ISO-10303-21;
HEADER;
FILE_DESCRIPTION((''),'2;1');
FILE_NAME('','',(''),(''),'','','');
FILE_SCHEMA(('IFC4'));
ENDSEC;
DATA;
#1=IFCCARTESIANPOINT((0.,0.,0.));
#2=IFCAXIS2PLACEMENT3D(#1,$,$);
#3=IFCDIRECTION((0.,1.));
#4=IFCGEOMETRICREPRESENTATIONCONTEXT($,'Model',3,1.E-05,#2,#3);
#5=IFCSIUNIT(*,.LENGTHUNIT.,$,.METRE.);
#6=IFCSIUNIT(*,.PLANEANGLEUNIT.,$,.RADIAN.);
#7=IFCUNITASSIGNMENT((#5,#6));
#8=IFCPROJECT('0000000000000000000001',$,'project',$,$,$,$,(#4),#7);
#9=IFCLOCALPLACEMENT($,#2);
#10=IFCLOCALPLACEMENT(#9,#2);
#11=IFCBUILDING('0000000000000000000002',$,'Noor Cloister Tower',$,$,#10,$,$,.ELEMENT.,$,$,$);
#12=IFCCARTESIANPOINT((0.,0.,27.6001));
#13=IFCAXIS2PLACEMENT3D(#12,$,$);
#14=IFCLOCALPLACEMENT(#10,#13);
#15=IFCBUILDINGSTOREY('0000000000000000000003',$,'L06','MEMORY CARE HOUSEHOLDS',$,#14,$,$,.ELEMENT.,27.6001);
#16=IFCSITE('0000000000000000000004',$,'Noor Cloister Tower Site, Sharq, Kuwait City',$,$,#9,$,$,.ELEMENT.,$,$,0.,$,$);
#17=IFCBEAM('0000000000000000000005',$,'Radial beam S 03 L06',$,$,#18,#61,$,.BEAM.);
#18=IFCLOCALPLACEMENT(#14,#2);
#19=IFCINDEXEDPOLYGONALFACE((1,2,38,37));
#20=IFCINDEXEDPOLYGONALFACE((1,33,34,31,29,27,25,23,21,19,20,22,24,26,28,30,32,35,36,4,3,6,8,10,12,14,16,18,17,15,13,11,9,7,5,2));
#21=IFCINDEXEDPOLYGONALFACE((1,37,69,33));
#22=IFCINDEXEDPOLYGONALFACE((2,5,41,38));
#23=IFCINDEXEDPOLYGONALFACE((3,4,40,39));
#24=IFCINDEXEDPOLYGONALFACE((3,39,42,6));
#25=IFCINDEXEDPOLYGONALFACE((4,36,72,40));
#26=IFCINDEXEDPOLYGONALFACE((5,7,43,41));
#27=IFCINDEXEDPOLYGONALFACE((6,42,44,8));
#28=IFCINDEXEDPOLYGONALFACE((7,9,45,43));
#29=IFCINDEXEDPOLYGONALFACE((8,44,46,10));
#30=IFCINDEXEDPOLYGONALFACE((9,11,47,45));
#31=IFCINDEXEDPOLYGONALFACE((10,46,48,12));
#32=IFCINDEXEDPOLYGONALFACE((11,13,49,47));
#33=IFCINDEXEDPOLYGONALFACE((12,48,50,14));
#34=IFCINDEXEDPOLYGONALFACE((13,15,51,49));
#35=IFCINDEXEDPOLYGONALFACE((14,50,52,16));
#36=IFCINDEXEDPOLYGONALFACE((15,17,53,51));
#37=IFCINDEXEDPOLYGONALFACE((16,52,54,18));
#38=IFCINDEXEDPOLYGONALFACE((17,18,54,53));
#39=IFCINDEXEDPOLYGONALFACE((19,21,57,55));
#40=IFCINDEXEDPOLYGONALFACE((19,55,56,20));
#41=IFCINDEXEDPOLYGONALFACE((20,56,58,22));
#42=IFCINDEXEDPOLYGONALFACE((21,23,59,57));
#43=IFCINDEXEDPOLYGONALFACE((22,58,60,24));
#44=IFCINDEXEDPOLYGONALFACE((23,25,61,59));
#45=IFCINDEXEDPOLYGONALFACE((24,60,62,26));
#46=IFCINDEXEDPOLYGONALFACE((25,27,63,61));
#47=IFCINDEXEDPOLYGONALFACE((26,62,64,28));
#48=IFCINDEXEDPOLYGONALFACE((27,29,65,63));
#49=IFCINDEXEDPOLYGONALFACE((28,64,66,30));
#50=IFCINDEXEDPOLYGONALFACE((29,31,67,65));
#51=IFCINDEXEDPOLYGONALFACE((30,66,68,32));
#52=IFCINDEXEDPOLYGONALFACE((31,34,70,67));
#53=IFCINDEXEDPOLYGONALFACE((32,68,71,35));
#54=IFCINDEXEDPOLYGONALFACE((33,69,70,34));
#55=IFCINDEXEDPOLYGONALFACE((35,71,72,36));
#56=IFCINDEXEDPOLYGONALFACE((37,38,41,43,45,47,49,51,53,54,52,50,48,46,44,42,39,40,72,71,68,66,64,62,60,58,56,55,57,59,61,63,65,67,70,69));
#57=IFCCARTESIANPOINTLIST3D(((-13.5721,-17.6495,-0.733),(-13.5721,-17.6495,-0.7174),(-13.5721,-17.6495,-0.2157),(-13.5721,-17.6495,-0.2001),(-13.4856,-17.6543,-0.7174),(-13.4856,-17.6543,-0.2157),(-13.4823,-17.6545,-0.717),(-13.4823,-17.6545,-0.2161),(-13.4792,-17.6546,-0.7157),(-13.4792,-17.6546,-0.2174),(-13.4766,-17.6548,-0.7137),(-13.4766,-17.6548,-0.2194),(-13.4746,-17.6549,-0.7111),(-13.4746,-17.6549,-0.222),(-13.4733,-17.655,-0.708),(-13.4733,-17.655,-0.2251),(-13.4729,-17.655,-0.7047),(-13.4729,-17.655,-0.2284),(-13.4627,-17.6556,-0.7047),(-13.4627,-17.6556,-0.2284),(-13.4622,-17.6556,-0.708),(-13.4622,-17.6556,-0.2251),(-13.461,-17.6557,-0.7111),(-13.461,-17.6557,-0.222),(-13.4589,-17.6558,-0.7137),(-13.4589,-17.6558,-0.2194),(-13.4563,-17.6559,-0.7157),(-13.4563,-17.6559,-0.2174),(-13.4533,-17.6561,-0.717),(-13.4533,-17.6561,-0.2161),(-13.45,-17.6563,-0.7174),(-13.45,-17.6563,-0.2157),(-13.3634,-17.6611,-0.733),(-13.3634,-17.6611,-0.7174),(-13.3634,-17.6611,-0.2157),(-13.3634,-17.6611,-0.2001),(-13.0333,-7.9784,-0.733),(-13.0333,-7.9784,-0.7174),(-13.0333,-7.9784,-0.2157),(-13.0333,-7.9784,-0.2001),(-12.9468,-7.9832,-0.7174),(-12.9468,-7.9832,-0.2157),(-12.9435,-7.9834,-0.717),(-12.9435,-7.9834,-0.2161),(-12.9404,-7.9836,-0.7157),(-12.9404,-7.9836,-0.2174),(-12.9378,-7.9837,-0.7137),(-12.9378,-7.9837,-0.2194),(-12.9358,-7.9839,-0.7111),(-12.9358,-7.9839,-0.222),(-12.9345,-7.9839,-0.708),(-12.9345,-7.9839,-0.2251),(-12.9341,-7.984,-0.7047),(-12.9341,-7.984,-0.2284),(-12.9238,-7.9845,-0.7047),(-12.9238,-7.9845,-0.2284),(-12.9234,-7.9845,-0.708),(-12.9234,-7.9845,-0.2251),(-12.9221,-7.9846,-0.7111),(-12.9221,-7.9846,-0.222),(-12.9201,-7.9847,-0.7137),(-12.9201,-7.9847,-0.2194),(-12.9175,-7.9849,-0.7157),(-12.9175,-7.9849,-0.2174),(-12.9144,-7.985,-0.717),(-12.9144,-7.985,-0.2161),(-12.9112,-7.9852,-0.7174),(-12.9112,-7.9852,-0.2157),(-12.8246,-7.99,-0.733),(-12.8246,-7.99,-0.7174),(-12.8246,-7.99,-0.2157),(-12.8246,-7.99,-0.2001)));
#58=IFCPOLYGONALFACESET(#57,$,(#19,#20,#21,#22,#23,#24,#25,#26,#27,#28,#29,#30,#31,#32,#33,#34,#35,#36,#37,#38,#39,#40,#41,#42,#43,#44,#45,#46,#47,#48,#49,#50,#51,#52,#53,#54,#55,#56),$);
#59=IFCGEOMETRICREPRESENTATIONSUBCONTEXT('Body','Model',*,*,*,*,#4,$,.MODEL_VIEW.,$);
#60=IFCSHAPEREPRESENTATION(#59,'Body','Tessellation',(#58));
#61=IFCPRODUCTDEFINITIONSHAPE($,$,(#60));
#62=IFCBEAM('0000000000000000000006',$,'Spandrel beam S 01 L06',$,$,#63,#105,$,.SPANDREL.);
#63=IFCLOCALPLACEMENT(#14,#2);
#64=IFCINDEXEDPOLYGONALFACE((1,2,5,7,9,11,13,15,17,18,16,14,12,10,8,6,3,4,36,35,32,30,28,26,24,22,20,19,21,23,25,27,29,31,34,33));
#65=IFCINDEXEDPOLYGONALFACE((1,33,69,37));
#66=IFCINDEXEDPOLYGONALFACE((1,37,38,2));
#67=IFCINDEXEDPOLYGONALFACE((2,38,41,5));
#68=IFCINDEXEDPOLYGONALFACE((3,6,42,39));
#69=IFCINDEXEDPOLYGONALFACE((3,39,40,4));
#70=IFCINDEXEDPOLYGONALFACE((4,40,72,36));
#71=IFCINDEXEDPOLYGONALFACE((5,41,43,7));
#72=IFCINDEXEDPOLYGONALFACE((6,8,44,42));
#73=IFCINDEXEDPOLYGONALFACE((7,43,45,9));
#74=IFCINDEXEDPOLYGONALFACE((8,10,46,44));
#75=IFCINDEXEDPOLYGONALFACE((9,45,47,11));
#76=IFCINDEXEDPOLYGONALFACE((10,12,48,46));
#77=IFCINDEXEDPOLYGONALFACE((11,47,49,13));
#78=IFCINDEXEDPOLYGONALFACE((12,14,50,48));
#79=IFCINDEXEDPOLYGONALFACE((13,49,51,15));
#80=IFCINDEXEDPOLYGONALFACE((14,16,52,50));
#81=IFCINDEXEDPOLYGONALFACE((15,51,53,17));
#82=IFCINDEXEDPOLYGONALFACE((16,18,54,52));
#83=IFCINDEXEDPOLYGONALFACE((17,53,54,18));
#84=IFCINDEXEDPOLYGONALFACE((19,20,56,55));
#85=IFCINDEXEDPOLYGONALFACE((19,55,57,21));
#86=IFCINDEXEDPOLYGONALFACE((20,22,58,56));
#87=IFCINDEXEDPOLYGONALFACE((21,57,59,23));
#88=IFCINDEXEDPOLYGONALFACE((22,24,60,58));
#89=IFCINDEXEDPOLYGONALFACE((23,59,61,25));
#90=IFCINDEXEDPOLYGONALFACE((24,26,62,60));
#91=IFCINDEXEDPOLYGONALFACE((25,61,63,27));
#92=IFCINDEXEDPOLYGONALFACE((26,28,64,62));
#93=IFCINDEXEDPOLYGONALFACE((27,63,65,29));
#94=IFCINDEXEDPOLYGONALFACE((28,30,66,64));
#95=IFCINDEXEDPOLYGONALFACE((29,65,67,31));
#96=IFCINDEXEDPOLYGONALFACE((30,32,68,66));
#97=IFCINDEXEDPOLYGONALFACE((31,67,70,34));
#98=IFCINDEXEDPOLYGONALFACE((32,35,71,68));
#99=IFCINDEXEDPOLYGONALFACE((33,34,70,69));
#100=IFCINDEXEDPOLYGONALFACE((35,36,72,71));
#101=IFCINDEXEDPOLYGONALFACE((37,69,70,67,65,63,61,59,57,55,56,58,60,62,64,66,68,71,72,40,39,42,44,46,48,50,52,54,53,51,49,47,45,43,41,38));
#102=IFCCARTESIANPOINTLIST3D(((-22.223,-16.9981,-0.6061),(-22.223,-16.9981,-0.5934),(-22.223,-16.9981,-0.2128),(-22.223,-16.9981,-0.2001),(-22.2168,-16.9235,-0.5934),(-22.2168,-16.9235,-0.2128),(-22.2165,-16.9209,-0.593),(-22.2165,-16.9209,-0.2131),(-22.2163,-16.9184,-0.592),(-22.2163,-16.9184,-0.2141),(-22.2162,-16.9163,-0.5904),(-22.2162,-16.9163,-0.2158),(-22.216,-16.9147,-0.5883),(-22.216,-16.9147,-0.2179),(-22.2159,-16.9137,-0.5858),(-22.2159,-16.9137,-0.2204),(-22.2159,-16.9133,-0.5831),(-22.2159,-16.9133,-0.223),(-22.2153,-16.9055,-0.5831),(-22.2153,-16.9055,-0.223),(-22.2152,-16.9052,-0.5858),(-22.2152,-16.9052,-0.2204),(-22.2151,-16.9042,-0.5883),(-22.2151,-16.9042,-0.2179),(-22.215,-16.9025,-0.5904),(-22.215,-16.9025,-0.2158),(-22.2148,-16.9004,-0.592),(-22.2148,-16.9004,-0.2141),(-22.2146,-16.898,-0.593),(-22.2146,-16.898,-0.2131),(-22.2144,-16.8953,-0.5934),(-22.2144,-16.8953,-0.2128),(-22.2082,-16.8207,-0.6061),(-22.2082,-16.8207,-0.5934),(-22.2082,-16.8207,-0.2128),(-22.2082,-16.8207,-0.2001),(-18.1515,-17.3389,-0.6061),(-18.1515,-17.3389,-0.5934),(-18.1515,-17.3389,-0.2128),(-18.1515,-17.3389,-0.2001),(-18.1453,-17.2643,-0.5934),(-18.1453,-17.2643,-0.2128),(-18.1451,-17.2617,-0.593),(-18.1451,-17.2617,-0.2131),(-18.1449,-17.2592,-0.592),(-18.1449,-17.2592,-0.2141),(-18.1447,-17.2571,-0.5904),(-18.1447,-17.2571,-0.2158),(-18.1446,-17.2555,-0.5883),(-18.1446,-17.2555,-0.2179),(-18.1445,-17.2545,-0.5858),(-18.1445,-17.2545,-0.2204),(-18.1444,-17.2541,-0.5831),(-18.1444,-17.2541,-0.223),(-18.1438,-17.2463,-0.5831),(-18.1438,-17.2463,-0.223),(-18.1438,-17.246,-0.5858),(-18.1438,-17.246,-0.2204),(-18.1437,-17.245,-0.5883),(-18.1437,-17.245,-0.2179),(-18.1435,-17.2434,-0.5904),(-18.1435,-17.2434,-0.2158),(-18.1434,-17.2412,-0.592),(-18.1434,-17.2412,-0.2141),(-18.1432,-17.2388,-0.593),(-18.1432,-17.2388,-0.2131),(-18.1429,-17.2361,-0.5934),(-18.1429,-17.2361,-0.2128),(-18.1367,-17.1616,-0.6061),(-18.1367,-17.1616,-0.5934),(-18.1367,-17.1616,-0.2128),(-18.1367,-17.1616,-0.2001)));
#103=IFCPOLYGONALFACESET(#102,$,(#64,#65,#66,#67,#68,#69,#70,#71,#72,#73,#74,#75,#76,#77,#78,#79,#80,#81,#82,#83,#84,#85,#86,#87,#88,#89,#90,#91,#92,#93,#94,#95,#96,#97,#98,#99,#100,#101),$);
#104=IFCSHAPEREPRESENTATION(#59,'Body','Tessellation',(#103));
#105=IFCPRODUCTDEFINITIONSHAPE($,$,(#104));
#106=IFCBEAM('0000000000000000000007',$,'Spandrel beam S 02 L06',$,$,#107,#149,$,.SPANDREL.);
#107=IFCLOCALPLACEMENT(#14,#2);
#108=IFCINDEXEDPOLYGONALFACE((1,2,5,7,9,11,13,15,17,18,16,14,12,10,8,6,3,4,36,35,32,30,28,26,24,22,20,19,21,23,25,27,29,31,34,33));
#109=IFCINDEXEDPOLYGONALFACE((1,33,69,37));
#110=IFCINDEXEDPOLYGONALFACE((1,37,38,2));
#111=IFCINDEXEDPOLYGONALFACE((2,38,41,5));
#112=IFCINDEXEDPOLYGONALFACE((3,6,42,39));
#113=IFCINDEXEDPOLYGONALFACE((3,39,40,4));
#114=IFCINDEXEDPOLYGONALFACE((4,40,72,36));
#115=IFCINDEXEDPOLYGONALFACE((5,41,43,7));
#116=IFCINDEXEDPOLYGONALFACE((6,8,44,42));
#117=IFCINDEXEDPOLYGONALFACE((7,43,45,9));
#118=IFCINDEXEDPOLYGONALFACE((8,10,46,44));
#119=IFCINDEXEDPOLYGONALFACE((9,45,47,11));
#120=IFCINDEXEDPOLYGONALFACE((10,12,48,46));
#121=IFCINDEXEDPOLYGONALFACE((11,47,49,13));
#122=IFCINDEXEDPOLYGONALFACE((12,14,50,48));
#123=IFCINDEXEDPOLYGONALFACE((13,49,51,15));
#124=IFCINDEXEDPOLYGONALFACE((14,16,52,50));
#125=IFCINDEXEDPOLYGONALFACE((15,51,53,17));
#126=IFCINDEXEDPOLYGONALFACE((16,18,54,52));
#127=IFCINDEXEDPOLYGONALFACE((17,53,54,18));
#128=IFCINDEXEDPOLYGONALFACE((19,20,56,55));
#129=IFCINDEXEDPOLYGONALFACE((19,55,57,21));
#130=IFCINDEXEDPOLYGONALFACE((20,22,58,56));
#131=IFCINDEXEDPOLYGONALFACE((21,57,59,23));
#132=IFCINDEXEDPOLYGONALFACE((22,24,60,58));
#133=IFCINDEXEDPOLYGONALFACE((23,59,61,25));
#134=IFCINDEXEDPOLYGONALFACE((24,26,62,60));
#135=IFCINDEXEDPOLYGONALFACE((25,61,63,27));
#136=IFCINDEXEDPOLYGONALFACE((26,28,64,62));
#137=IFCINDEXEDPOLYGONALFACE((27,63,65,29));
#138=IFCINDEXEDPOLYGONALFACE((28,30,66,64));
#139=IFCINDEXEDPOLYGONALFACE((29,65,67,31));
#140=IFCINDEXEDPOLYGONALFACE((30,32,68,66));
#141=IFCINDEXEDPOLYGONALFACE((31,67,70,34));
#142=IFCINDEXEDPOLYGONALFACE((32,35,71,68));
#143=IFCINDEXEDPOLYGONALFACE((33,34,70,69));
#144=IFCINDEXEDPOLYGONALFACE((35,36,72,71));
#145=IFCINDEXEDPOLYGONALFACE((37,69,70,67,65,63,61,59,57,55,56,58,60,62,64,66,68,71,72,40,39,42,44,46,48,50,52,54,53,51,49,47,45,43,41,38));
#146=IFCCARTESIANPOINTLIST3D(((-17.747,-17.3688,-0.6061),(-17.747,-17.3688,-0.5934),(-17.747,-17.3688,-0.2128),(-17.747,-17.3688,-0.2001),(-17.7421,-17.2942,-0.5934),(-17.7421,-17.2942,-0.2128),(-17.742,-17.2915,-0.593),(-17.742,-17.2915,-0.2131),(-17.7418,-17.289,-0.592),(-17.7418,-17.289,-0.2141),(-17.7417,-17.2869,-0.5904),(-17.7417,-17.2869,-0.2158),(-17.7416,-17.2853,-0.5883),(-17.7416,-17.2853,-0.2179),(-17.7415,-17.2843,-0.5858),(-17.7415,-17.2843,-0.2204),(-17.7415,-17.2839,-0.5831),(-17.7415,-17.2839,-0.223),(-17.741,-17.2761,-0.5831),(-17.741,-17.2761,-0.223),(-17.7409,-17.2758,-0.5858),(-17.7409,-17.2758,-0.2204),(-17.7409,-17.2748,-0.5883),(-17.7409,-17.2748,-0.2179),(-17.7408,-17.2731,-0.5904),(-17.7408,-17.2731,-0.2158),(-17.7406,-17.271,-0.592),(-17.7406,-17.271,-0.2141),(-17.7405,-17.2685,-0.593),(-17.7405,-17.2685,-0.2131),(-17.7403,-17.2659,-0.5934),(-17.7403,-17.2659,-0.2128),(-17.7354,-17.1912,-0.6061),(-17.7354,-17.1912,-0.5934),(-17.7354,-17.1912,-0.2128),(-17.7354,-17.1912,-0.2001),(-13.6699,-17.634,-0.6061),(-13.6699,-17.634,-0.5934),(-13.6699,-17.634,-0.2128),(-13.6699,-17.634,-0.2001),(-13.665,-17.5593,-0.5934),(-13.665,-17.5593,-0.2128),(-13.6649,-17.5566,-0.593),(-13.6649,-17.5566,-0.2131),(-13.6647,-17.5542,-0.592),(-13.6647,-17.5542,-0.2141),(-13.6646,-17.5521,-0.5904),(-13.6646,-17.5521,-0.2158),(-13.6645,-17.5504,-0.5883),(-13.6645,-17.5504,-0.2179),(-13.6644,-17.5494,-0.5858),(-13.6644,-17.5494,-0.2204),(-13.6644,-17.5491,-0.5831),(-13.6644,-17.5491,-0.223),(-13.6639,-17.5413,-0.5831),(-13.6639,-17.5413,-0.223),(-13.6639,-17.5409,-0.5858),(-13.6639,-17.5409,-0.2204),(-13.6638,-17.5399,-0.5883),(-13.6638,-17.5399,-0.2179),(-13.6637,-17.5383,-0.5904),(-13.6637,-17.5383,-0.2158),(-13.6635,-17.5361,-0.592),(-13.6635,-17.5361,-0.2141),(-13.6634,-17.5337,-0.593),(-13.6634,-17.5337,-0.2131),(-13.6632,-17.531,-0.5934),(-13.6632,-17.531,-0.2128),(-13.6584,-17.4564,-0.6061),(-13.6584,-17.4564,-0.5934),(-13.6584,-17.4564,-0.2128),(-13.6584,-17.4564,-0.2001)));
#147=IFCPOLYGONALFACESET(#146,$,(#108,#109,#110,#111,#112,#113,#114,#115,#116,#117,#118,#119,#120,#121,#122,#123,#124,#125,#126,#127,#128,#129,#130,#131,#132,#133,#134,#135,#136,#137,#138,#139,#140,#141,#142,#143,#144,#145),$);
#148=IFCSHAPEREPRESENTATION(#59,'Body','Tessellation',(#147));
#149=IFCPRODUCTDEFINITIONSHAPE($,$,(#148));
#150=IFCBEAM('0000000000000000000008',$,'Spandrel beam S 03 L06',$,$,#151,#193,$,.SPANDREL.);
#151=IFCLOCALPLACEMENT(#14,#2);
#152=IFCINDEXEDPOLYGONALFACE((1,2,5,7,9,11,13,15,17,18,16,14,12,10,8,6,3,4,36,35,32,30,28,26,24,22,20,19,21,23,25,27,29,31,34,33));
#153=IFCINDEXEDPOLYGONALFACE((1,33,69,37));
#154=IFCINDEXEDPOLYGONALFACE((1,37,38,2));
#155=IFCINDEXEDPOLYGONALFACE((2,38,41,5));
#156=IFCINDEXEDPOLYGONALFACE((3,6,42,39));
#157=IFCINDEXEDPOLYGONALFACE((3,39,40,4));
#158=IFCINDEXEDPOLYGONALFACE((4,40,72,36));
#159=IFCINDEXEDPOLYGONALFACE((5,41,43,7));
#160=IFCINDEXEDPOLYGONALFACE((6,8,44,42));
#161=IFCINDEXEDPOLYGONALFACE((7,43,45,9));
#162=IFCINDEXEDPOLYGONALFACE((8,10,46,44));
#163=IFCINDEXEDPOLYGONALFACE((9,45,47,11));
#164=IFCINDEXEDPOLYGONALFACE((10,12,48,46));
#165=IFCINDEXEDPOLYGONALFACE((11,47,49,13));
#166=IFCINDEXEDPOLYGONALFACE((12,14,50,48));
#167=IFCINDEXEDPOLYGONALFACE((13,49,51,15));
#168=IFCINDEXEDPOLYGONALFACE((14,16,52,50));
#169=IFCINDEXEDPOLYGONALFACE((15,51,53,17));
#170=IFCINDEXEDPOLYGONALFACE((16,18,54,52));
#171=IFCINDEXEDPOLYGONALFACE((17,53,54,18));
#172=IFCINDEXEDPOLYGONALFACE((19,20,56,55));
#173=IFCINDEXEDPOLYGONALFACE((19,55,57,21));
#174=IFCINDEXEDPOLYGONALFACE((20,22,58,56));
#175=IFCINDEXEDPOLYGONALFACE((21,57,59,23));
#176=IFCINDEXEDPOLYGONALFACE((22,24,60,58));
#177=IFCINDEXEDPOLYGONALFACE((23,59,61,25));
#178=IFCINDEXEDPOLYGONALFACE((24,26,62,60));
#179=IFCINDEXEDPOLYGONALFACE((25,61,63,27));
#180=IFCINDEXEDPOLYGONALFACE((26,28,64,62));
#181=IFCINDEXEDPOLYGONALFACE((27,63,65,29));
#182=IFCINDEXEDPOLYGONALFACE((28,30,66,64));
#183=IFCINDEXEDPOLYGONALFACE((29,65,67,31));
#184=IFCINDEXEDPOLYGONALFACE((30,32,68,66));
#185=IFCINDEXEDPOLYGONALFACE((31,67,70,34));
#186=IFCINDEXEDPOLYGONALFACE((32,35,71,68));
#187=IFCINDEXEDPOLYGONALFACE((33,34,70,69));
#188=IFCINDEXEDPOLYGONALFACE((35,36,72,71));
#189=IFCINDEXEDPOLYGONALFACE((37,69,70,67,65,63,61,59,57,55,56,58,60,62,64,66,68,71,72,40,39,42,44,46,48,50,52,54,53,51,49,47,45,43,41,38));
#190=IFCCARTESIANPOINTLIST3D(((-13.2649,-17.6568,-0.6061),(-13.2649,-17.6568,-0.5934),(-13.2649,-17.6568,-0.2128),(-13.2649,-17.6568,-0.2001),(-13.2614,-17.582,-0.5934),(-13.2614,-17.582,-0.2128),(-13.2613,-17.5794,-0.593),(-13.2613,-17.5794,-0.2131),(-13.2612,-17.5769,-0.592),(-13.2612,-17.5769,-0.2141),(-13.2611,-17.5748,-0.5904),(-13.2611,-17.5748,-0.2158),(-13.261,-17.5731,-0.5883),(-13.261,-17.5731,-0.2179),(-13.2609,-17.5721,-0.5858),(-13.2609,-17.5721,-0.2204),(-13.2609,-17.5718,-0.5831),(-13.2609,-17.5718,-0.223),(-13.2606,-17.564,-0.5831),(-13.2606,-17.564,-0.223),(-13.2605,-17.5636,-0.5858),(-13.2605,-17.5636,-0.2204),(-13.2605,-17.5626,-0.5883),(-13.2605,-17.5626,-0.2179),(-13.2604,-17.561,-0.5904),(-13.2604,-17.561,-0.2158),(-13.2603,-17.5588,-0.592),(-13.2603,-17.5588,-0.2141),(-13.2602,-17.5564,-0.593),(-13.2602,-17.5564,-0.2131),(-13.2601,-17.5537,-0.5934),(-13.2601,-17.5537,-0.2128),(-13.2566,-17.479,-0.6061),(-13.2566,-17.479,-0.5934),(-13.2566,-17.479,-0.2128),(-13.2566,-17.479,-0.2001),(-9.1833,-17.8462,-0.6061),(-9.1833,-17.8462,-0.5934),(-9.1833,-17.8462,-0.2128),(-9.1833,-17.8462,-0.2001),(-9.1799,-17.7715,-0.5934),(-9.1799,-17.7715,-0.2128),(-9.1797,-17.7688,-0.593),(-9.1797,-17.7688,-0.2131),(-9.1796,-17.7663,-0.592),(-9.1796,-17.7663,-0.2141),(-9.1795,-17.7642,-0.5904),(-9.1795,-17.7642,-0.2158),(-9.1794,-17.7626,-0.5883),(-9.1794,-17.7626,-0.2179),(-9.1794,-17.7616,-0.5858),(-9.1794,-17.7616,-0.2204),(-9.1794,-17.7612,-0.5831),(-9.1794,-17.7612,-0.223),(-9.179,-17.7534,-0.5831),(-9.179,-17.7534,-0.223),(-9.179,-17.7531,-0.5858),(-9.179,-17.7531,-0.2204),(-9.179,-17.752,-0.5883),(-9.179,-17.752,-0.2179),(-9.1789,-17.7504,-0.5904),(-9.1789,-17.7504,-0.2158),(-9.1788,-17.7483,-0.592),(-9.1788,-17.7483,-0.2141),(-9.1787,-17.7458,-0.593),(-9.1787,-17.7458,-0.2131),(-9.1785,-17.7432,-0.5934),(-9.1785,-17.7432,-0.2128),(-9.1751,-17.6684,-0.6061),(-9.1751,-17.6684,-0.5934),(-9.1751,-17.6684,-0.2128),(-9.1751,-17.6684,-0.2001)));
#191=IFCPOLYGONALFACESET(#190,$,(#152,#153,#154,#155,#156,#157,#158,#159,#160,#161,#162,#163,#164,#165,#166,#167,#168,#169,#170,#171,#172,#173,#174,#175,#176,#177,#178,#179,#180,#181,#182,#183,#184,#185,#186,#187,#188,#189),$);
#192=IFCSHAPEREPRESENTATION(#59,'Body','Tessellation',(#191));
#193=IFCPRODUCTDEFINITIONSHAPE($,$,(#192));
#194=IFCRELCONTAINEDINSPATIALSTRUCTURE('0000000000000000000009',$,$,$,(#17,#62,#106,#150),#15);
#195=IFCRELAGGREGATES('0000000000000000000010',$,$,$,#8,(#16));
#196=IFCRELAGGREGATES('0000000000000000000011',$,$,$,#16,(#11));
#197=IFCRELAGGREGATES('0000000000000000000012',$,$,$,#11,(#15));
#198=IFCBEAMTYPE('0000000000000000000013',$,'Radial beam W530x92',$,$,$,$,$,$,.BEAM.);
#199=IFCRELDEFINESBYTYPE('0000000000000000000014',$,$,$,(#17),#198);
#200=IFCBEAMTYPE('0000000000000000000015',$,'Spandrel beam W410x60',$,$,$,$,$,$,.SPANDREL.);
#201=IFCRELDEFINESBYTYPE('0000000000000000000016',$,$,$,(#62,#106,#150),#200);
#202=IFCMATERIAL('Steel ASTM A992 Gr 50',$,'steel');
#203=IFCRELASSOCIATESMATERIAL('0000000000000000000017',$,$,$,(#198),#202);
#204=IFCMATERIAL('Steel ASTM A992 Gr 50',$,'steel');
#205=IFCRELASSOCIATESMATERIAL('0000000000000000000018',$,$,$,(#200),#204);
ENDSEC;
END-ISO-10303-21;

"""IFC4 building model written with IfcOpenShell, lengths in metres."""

from ifc_helpers import new_model, si_unit, direction, frame, origin, origin_2d, place, context, subcontext, project, spatial, i_section, extrude, material, material_profile, profile_set, type_object, element, save


model = new_model("IFC4")

# Units and contexts
model_context = context("Model", 3, precision=1e-05, world=origin(), true_north=direction((0.0, 1.0)))
body_context = subcontext(model_context, "Body", "Model", "MODEL_VIEW")
ifc_project = project(units=[si_unit("LENGTHUNIT", "METRE"), si_unit("PLANEANGLEUNIT", "RADIAN")], contexts=[model_context])

# Site, building, storey
site_placement = place(None, origin())
site = spatial("IfcSite", under=ifc_project, at=site_placement, Name="Noor Cloister Tower Site, Sharq, Kuwait City", CompositionType="ELEMENT", RefElevation=0.0)
building_placement = place(site_placement, origin())
building = spatial("IfcBuilding", under=site, at=building_placement, Name="Noor Cloister Tower", CompositionType="ELEMENT")
storey_placement = place(building_placement, frame((0.0, 0.0, 27.6001)))
storey = spatial("IfcBuildingStorey", under=building, at=storey_placement, Name="L06", Description="MEMORY CARE HOUSEHOLDS", CompositionType="ELEMENT", Elevation=27.6001)

# Beams
ifc_material_1 = material(Name="Steel ASTM A992 Gr 50", Category="steel")
ifc_material_profile_1 = material_profile(ifc_material_1, i_section(OverallWidth=0.209, OverallDepth=0.533, WebThickness=0.0103, FlangeThickness=0.0156, FilletRadius=0.0127, at=origin_2d()), Name="W530x92")
ifc_profile_set_1 = profile_set([ifc_material_profile_1], Name="Steel ASTM A992 Gr 50")
beam_type_1 = type_object("IfcBeamType", Name="Radial beam W530x92", PredefinedType="BEAM", material=ifc_profile_set_1)
beam_1_placement = place(storey_placement, frame((-13.4678, -17.6553, -0.4666), z_axis=(0.055628, 0.998452, 0.0), x_axis=(-0.998452, 0.055628, 0.0)))
element("IfcBeam", 1, at=beam_1_placement, inside=storey, type_object=beam_type_1, Name="Radial beam S 03 L06", PredefinedType="BEAM", context=body_context, shape_type="SweptSolid", body=[
    extrude(i_section(OverallWidth=0.209, OverallDepth=0.533, WebThickness=0.0103, FlangeThickness=0.0156, FilletRadius=0.0127, at=origin_2d()), origin(), (0.0, 0.0, 1.0), 9.686),
])
ifc_material_2 = material(Name="Steel ASTM A992 Gr 50", Category="steel")
ifc_material_profile_2 = material_profile(ifc_material_2, i_section(OverallWidth=0.178, OverallDepth=0.406, WebThickness=0.0078, FlangeThickness=0.0127, FilletRadius=0.0103, at=origin_2d()), Name="W410x60")
ifc_profile_set_2 = profile_set([ifc_material_profile_2], Name="Steel ASTM A992 Gr 50")
beam_type_2 = type_object("IfcBeamType", Name="Spandrel beam W410x60", PredefinedType="SPANDREL", material=ifc_profile_set_2)
for number, where, z_axis, x_axis, name in (
    (2, (-22.2156, -16.9094, -0.4031), (0.996515, -0.083416, 0.0), (0.083416, 0.996515, 0.0), "Spandrel beam S 01 L06"),
    (3, (-17.7412, -17.28, -0.4031), (0.997892, -0.064893, 0.0), (0.064893, 0.997892, 0.0), "Spandrel beam S 02 L06"),
):
    element("IfcBeam", number, at=place(storey_placement, frame(where, z_axis=z_axis, x_axis=x_axis)), inside=storey, type_object=beam_type_2, Name=name, PredefinedType="SPANDREL", context=body_context, shape_type="SweptSolid", body=[
        extrude(i_section(OverallWidth=0.178, OverallDepth=0.406, WebThickness=0.0078, FlangeThickness=0.0127, FilletRadius=0.0103, at=origin_2d()), origin(), (0.0, 0.0, 1.0), 4.0857),
    ])
beam_2_placement = place(storey_placement, frame((-13.2607, -17.5679, -0.4031), z_axis=(0.998924, -0.046367, 0.0), x_axis=(0.046367, 0.998924, 0.0)))
element("IfcBeam", 4, at=beam_2_placement, inside=storey, type_object=beam_type_2, Name="Spandrel beam S 03 L06", PredefinedType="SPANDREL", context=body_context, shape_type="SweptSolid", body=[
    extrude(i_section(OverallWidth=0.178, OverallDepth=0.406, WebThickness=0.0078, FlangeThickness=0.0127, FilletRadius=0.0103, at=origin_2d()), origin(), (0.0, 0.0, 1.0), 4.0859),
])

save(model, "model.ifc")
